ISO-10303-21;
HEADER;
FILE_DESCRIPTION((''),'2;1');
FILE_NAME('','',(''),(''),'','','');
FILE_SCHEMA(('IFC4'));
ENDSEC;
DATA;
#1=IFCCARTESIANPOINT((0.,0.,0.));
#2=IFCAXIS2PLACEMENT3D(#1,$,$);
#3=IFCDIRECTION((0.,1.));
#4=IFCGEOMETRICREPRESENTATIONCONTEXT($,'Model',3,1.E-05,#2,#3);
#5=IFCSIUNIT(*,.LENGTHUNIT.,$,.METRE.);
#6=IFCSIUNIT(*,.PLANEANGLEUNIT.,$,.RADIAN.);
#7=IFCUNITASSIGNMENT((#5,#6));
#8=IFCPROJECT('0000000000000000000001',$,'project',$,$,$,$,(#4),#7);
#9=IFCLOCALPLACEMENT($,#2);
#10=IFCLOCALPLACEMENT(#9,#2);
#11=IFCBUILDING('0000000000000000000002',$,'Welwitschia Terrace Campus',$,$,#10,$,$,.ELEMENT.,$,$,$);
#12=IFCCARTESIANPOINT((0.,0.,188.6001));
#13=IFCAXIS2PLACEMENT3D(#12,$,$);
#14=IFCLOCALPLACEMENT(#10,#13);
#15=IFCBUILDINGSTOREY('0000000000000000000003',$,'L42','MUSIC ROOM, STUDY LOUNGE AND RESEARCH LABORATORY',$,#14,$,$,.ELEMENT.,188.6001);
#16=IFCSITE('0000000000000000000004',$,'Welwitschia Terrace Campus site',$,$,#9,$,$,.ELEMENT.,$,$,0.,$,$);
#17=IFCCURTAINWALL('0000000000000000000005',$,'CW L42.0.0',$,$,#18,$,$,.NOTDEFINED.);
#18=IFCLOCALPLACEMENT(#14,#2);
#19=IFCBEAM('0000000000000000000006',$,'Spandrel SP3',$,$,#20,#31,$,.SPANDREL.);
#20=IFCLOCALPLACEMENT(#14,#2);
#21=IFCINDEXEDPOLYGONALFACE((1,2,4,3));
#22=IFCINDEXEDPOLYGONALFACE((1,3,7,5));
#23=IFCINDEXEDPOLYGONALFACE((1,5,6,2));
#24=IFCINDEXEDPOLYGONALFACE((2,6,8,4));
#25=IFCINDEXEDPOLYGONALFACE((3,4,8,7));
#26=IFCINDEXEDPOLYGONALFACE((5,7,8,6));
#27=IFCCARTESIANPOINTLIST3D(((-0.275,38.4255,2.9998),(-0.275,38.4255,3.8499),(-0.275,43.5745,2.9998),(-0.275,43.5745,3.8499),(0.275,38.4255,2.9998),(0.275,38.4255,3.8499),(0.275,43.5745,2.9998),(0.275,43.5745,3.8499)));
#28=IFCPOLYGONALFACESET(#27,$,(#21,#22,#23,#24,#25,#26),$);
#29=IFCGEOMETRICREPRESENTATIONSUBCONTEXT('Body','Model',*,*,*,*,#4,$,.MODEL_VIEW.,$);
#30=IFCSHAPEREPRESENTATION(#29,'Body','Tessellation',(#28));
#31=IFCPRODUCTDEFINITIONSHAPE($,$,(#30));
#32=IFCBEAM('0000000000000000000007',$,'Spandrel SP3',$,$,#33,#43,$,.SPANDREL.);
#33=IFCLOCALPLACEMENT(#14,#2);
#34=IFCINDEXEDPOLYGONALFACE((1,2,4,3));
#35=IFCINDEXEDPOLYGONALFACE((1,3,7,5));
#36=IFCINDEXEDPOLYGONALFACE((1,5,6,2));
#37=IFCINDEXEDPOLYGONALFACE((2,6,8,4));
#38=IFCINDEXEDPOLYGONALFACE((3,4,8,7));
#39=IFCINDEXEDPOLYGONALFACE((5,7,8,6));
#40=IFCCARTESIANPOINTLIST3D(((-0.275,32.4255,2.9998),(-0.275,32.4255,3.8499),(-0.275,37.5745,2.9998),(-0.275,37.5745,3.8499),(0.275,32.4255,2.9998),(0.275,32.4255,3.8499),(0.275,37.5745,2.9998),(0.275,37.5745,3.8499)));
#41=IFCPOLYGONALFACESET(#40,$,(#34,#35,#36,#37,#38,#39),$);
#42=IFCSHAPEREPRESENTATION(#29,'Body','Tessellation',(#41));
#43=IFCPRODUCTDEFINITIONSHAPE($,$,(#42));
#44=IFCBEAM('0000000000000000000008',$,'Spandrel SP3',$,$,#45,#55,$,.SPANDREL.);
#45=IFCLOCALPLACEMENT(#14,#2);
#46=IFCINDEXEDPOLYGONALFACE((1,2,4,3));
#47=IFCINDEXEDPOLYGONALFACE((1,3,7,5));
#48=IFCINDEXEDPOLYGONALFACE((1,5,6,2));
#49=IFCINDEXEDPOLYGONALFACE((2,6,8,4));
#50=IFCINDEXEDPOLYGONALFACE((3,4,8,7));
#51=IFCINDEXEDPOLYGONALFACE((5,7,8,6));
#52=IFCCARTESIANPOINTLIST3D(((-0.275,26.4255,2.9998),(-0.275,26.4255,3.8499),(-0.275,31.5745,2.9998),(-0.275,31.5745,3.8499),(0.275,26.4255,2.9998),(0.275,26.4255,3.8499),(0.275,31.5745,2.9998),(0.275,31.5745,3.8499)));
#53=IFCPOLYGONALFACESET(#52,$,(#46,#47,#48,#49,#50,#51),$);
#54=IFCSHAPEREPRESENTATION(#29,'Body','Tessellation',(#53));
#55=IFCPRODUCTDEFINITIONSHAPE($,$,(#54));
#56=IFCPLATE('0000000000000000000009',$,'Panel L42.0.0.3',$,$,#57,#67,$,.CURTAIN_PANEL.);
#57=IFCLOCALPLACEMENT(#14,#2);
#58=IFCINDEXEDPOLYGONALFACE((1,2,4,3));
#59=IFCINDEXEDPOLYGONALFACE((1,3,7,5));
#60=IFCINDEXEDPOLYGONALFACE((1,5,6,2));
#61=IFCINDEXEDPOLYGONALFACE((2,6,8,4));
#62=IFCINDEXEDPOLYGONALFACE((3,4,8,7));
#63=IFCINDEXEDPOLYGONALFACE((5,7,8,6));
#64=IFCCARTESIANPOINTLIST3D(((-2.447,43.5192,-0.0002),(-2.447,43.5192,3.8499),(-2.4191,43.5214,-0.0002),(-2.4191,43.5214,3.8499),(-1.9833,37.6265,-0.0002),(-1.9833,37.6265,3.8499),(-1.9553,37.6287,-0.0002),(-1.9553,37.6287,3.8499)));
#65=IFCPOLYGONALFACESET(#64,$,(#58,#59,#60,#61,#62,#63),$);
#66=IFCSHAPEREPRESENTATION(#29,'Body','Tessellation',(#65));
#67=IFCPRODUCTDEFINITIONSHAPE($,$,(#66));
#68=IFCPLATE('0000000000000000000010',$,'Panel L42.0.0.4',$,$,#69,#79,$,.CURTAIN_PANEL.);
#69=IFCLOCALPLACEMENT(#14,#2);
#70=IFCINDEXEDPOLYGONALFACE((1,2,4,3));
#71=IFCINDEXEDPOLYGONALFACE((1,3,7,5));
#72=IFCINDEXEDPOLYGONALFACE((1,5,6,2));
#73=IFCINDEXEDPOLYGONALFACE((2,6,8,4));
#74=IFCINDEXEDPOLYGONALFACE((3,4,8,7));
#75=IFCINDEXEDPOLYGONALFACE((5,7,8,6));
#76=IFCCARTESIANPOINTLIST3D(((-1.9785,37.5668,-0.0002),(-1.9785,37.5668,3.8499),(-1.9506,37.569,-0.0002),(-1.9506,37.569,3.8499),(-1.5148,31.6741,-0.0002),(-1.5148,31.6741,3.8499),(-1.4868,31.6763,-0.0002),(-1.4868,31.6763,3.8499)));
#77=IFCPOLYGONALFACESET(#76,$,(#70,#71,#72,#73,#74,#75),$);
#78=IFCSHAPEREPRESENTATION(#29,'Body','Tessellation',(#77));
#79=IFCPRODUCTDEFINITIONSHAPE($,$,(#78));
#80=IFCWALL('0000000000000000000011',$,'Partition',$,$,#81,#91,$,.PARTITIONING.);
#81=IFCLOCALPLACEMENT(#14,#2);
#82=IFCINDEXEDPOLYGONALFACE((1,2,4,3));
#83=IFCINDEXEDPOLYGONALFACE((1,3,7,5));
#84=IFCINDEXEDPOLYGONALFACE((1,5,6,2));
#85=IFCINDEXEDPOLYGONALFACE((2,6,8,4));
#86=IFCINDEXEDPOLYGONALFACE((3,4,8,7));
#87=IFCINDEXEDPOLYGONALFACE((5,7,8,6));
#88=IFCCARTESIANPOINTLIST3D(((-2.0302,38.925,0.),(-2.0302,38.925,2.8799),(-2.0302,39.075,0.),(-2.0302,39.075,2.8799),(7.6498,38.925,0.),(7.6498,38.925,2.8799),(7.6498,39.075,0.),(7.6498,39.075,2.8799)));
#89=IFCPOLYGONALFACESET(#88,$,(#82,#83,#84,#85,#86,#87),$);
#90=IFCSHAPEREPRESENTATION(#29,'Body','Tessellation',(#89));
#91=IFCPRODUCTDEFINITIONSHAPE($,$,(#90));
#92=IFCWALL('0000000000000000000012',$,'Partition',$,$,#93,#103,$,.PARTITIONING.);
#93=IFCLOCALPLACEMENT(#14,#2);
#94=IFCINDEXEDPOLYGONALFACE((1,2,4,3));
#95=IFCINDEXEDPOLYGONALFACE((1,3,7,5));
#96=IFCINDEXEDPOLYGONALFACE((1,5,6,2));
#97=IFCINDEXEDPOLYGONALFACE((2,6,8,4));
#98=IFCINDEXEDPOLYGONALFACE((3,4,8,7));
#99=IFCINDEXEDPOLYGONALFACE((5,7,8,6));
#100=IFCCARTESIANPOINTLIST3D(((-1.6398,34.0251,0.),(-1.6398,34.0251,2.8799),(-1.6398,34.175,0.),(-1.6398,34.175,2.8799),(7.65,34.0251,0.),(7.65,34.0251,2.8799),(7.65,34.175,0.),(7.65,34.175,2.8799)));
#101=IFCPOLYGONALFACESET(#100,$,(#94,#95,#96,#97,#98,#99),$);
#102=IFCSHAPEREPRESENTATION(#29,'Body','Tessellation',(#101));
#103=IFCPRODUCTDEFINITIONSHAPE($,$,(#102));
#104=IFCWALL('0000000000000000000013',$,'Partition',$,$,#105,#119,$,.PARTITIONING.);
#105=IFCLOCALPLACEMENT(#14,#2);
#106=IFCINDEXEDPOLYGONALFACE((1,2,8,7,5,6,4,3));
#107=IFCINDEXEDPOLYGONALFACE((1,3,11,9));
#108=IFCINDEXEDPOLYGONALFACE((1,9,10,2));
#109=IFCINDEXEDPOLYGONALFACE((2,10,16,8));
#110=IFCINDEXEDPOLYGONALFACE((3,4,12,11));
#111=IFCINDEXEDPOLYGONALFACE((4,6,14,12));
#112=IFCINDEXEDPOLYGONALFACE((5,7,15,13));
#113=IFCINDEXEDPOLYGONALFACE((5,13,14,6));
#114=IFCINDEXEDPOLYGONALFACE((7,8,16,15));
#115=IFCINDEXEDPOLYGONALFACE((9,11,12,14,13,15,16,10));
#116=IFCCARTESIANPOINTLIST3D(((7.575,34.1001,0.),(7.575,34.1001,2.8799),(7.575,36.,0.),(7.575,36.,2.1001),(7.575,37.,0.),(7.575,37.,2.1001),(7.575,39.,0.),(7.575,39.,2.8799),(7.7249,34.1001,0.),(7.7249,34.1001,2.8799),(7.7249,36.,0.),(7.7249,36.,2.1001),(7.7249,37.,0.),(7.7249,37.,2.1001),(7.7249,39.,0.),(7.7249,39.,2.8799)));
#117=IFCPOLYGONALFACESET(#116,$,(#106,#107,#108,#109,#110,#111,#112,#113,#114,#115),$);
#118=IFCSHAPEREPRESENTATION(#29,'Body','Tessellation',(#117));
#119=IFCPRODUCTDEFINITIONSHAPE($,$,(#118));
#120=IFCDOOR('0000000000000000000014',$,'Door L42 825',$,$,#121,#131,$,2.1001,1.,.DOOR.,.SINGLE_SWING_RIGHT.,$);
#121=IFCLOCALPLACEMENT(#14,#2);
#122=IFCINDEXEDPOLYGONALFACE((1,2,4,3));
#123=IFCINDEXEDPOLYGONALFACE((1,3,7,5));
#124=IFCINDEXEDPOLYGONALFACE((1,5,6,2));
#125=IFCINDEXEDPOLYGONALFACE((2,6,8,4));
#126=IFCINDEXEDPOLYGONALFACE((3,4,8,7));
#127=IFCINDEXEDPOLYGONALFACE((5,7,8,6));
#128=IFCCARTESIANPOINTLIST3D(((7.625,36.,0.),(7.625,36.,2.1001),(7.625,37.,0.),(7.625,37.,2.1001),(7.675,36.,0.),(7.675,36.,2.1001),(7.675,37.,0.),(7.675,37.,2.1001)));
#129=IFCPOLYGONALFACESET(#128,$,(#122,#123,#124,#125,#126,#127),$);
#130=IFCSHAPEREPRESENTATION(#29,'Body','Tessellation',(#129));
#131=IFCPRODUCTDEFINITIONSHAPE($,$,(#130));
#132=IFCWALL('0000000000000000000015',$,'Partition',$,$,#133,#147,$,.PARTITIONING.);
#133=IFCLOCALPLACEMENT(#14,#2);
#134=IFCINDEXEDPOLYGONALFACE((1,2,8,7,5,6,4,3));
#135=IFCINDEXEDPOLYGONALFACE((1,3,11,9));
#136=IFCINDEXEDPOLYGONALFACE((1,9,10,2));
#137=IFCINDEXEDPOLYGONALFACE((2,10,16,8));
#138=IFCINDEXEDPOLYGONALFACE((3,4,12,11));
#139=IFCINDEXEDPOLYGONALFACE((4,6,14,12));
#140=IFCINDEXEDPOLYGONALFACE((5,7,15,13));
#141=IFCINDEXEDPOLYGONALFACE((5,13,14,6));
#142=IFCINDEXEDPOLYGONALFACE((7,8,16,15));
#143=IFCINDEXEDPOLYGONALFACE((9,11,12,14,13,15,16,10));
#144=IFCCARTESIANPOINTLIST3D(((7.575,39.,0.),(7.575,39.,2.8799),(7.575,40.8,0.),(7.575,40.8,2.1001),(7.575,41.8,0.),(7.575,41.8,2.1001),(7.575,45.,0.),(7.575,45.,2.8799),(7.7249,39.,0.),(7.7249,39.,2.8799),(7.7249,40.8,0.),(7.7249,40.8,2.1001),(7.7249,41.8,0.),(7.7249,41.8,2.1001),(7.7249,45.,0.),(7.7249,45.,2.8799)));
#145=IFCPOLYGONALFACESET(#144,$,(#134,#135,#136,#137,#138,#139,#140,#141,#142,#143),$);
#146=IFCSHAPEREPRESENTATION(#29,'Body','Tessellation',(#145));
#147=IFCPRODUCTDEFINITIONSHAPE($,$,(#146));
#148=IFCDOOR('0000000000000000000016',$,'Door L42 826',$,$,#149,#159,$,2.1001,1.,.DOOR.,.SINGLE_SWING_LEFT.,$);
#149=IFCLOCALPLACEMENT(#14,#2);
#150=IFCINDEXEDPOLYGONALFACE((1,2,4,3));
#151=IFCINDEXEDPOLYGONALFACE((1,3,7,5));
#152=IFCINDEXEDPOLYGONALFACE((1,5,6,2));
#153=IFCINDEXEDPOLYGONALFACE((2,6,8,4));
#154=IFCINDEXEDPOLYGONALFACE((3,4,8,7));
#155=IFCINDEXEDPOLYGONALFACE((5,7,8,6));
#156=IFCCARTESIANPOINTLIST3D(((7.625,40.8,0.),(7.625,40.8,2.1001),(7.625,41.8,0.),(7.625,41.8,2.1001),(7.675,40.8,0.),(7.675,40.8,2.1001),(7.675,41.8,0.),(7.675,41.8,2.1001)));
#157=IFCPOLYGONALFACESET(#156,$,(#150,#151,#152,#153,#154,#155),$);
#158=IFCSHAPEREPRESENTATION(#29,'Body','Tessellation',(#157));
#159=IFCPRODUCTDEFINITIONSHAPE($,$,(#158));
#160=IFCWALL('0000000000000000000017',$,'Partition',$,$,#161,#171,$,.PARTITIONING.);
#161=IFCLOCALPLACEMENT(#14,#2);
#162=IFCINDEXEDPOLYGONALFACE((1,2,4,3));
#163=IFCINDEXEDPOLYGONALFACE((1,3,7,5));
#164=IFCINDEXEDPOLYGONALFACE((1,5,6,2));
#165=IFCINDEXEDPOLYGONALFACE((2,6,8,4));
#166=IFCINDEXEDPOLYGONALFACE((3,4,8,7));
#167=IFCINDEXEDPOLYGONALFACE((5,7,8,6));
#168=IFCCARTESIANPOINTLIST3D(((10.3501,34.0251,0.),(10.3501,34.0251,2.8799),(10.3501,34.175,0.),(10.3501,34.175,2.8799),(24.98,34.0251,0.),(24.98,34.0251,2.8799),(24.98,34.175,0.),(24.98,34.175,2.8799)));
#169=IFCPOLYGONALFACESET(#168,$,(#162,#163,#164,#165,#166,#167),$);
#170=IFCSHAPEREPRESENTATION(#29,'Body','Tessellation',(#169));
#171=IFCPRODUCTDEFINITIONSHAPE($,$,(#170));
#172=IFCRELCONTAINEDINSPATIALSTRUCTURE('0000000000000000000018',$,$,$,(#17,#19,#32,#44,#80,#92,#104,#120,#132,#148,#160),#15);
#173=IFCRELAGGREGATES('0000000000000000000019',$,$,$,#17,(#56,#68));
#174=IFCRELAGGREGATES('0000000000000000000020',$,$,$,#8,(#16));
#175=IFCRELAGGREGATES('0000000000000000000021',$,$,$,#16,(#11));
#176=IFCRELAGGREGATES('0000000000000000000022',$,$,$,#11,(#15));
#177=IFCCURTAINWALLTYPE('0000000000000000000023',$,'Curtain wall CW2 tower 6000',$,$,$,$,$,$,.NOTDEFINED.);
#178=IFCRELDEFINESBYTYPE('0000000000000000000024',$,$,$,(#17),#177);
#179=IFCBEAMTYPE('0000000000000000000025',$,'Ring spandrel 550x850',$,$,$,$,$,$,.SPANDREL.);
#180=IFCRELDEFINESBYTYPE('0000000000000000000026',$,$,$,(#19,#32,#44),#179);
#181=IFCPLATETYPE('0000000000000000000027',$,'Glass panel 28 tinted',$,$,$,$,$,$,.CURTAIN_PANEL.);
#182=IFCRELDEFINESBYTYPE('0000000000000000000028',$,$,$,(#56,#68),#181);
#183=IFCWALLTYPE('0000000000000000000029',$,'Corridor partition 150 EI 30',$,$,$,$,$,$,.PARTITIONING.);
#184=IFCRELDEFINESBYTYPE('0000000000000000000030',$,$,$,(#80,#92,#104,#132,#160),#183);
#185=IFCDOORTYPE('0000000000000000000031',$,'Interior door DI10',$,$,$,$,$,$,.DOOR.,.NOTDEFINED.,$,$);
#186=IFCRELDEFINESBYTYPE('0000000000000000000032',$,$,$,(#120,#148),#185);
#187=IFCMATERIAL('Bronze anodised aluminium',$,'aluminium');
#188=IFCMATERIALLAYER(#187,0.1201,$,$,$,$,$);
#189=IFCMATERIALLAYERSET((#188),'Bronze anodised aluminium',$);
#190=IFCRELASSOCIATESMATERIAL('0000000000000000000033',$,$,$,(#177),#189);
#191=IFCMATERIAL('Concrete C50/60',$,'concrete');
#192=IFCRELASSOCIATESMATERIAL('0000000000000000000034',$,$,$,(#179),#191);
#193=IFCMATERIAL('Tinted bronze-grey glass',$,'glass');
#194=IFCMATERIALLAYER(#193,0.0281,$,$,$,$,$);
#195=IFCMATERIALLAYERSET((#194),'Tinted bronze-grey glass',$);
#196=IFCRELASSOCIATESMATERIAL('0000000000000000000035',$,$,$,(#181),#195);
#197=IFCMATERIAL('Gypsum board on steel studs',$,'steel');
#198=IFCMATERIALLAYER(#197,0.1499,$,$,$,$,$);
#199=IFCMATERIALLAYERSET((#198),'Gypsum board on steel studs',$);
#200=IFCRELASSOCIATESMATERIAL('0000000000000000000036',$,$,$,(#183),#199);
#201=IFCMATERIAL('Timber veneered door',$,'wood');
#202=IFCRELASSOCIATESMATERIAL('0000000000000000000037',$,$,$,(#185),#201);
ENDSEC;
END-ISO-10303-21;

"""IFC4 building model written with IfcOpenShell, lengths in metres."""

from ifc_helpers import new_model, si_unit, direction, frame, frame_2d, origin, origin_2d, place, context, subcontext, project, spatial, rectangle, extrude, material, layer, layer_set, material_profile, profile_set, type_object, element, fill, aggregate, save


model = new_model("IFC4")

# Units and contexts
model_context = context("Model", 3, precision=1e-05, world=origin(), true_north=direction((0.0, 1.0)))
body_context = subcontext(model_context, "Body", "Model", "MODEL_VIEW")
ifc_project = project(units=[si_unit("LENGTHUNIT", "METRE"), si_unit("PLANEANGLEUNIT", "RADIAN")], contexts=[model_context])

# Site, building, storey
site_placement = place(None, origin())
site = spatial("IfcSite", under=ifc_project, at=site_placement, Name="Welwitschia Terrace Campus site", CompositionType="ELEMENT", RefElevation=0.0)
building_placement = place(site_placement, origin())
building = spatial("IfcBuilding", under=site, at=building_placement, Name="Welwitschia Terrace Campus", CompositionType="ELEMENT")
storey_placement = place(building_placement, frame((0.0, 0.0, 188.6001)))
storey = spatial("IfcBuildingStorey", under=building, at=storey_placement, Name="L42", Description="MUSIC ROOM, STUDY LOUNGE AND RESEARCH LABORATORY", CompositionType="ELEMENT", Elevation=188.6001)

# Curtain wall
ifc_material_1 = material(Name="Bronze anodised aluminium", Category="aluminium")
ifc_layer_1 = layer(ifc_material_1, 0.1201)
ifc_layer_set_1 = layer_set([ifc_layer_1], Name="Bronze anodised aluminium")
curtain_wall_type = type_object("IfcCurtainWallType", Name="Curtain wall CW2 tower 6000", PredefinedType="NOTDEFINED", material=ifc_layer_set_1)
curtain_wall_placement = place(storey_placement, origin())
curtain_wall = element("IfcCurtainWall", 1, at=curtain_wall_placement, inside=storey, type_object=curtain_wall_type, Name="CW L42.0.0", PredefinedType="NOTDEFINED")

# Beams
ifc_material_2 = material(Name="Concrete C50/60", Category="concrete")
ifc_material_profile_1 = material_profile(ifc_material_2, rectangle(XDim=0.55, YDim=0.8501, at=origin_2d()))
ifc_profile_set_1 = profile_set([ifc_material_profile_1], Name="Concrete C50/60")
beam_type_1 = type_object("IfcBeamType", Name="Ring spandrel 550x850", PredefinedType="SPANDREL", material=ifc_profile_set_1)
for number, where, z_axis, x_axis, name in (
    (2, (0.0, 43.5745, 3.4248), (0.0, -1.0, 0.0), (1.0, 0.0, 0.0), "Spandrel SP3"),
    (3, (0.0, 37.5745, 3.4248), (0.0, -1.0, 0.0), (1.0, 0.0, 0.0), "Spandrel SP3"),
    (4, (0.0, 31.5745, 3.4248), (0.0, -1.0, 0.0), (1.0, 0.0, 0.0), "Spandrel SP3"),
):
    element("IfcBeam", number, at=place(storey_placement, frame(where, z_axis=z_axis, x_axis=x_axis)), inside=storey, type_object=beam_type_1, Name=name, PredefinedType="SPANDREL", context=body_context, shape_type="SweptSolid", body=[
        extrude(rectangle(XDim=0.55, YDim=0.8501, at=origin_2d()), origin(), (0.0, 0.0, 1.0), 5.1489),
    ])

# Plates
ifc_material_3 = material(Name="Tinted bronze-grey glass", Category="glass")
ifc_layer_2 = layer(ifc_material_3, 0.0281)
ifc_layer_set_2 = layer_set([ifc_layer_2], Name="Tinted bronze-grey glass")
plate_type = type_object("IfcPlateType", Name="Glass panel 28 tinted", PredefinedType="CURTAIN_PANEL", material=ifc_layer_set_2)
plate_1_placement = place(storey_placement, frame((-2.2012, 40.574, -0.0002), z_axis=(0.0, 0.0, 1.0), x_axis=(0.078459, -0.996917, 0.0)))
plate_1 = element("IfcPlate", 5, at=plate_1_placement, type_object=plate_type, Name="Panel L42.0.0.3", PredefinedType="CURTAIN_PANEL", context=body_context, shape_type="SweptSolid", body=[
    extrude(rectangle(XDim=5.9109, YDim=0.0281, at=origin_2d()), origin(), (0.0, 0.0, 1.0), 3.8501),
])
plate_2_placement = place(storey_placement, frame((-1.7327, 34.6216, -0.0002), z_axis=(0.0, 0.0, 1.0), x_axis=(0.078459, -0.996917, 0.0)))
plate_2 = element("IfcPlate", 6, at=plate_2_placement, type_object=plate_type, Name="Panel L42.0.0.4", PredefinedType="CURTAIN_PANEL", context=body_context, shape_type="SweptSolid", body=[
    extrude(rectangle(XDim=5.9109, YDim=0.0281, at=origin_2d()), origin(), (0.0, 0.0, 1.0), 3.8501),
])
aggregate(curtain_wall, [plate_1, plate_2])

# Walls
ifc_material_4 = material(Name="Gypsum board on steel studs", Category="steel")
ifc_layer_3 = layer(ifc_material_4, 0.1499)
ifc_layer_set_3 = layer_set([ifc_layer_3], Name="Gypsum board on steel studs")
wall_type = type_object("IfcWallType", Name="Corridor partition 150 EI 30", PredefinedType="PARTITIONING", material=ifc_layer_set_3)
wall_1_placement = place(storey_placement, frame((-2.03, 39.0, 0.0), z_axis=(0.0, 0.0, 1.0), x_axis=(1.0, 0.0, 0.0)))
element("IfcWall", 7, at=wall_1_placement, inside=storey, type_object=wall_type, Name="Partition", PredefinedType="PARTITIONING", context=body_context, shape_type="SweptSolid", body=[
    extrude(rectangle(XDim=9.6799, YDim=0.1499, at=frame_2d((4.8398, 0.0))), origin(), (0.0, 0.0, 1.0), 2.8799),
])
wall_2_placement = place(storey_placement, frame((-1.6399, 34.1001, 0.0), z_axis=(0.0, 0.0, 1.0), x_axis=(1.0, 0.0, 0.0)))
element("IfcWall", 8, at=wall_2_placement, inside=storey, type_object=wall_type, Name="Partition", PredefinedType="PARTITIONING", context=body_context, shape_type="SweptSolid", body=[
    extrude(rectangle(XDim=9.2898, YDim=0.1499, at=frame_2d((4.645, 0.0))), origin(), (0.0, 0.0, 1.0), 2.8799),
])

# Walls, openings, doors
wall_3_placement = place(storey_placement, frame((7.6499, 34.1001, 0.0), z_axis=(0.0, 0.0, 1.0), x_axis=(0.0, 1.0, 0.0)))
wall_3 = element("IfcWall", 9, at=wall_3_placement, inside=storey, type_object=wall_type, Name="Partition", PredefinedType="PARTITIONING", context=body_context, shape_type="SweptSolid", body=[
    extrude(rectangle(XDim=4.8999, YDim=0.1499, at=frame_2d((2.45, 0.0))), origin(), (0.0, 0.0, 1.0), 2.8799),
])
opening_1_placement = place(wall_3_placement, frame((1.8999, 0.0, 0.0)))
opening_1 = element("IfcOpeningElement", 10, at=opening_1_placement, cuts=wall_3, PredefinedType="OPENING", context=body_context, shape_type="SweptSolid", body=[
    extrude(rectangle(XDim=1.0, YDim=2.1001, at=frame_2d((0.5, 1.05))), frame((0.0, 0.085, 0.0), z_axis=(0.0, -1.0, 0.0), x_axis=(1.0, 0.0, 0.0)), (0.0, 0.0, 1.0), 0.1699),
])
ifc_material_5 = material(Name="Timber veneered door", Category="wood")
door_type = type_object("IfcDoorType", Name="Interior door DI10", OperationType="NOTDEFINED", PredefinedType="DOOR", material=ifc_material_5)
door_1_placement = place(opening_1_placement, origin())
door_1 = element("IfcDoor", 11, at=door_1_placement, inside=storey, type_object=door_type, Name="Door L42 825", OperationType="SINGLE_SWING_RIGHT", OverallHeight=2.1001, OverallWidth=1.0, PredefinedType="DOOR", context=body_context, shape_type="SweptSolid", body=[
    extrude(rectangle(XDim=1.0, YDim=2.1001, at=frame_2d((0.5, 1.05))), frame((0.0, 0.0249, 0.0), z_axis=(0.0, -1.0, 0.0), x_axis=(1.0, 0.0, 0.0)), (0.0, 0.0, 1.0), 0.05),
])
fill(opening_1, door_1)
wall_4_placement = place(storey_placement, frame((7.6499, 39.0, 0.0), z_axis=(0.0, 0.0, 1.0), x_axis=(0.0, 1.0, 0.0)))
wall_4 = element("IfcWall", 12, at=wall_4_placement, inside=storey, type_object=wall_type, Name="Partition", PredefinedType="PARTITIONING", context=body_context, shape_type="SweptSolid", body=[
    extrude(rectangle(XDim=6.0, YDim=0.1499, at=frame_2d((3.0, 0.0))), origin(), (0.0, 0.0, 1.0), 2.8799),
])
opening_2_placement = place(wall_4_placement, frame((1.8, 0.0, 0.0)))
opening_2 = element("IfcOpeningElement", 13, at=opening_2_placement, cuts=wall_4, PredefinedType="OPENING", context=body_context, shape_type="SweptSolid", body=[
    extrude(rectangle(XDim=1.0, YDim=2.1001, at=frame_2d((0.5, 1.05))), frame((0.0, 0.085, 0.0), z_axis=(0.0, -1.0, 0.0), x_axis=(1.0, 0.0, 0.0)), (0.0, 0.0, 1.0), 0.1699),
])
door_2_placement = place(opening_2_placement, origin())
door_2 = element("IfcDoor", 14, at=door_2_placement, inside=storey, type_object=door_type, Name="Door L42 826", OperationType="SINGLE_SWING_LEFT", OverallHeight=2.1001, OverallWidth=1.0, PredefinedType="DOOR", context=body_context, shape_type="SweptSolid", body=[
    extrude(rectangle(XDim=1.0, YDim=2.1001, at=frame_2d((0.5, 1.05))), frame((0.0, 0.0249, 0.0), z_axis=(0.0, -1.0, 0.0), x_axis=(1.0, 0.0, 0.0)), (0.0, 0.0, 1.0), 0.05),
])
fill(opening_2, door_2)

# Wall
wall_5_placement = place(storey_placement, frame((10.3501, 34.1001, 0.0), z_axis=(0.0, 0.0, 1.0), x_axis=(1.0, 0.0, 0.0)))
element("IfcWall", 15, at=wall_5_placement, inside=storey, type_object=wall_type, Name="Partition", PredefinedType="PARTITIONING", context=body_context, shape_type="SweptSolid", body=[
    extrude(rectangle(XDim=14.6299, YDim=0.1499, at=frame_2d((7.3149, 0.0))), origin(), (0.0, 0.0, 1.0), 2.8799),
])

save(model, "model.ifc")
